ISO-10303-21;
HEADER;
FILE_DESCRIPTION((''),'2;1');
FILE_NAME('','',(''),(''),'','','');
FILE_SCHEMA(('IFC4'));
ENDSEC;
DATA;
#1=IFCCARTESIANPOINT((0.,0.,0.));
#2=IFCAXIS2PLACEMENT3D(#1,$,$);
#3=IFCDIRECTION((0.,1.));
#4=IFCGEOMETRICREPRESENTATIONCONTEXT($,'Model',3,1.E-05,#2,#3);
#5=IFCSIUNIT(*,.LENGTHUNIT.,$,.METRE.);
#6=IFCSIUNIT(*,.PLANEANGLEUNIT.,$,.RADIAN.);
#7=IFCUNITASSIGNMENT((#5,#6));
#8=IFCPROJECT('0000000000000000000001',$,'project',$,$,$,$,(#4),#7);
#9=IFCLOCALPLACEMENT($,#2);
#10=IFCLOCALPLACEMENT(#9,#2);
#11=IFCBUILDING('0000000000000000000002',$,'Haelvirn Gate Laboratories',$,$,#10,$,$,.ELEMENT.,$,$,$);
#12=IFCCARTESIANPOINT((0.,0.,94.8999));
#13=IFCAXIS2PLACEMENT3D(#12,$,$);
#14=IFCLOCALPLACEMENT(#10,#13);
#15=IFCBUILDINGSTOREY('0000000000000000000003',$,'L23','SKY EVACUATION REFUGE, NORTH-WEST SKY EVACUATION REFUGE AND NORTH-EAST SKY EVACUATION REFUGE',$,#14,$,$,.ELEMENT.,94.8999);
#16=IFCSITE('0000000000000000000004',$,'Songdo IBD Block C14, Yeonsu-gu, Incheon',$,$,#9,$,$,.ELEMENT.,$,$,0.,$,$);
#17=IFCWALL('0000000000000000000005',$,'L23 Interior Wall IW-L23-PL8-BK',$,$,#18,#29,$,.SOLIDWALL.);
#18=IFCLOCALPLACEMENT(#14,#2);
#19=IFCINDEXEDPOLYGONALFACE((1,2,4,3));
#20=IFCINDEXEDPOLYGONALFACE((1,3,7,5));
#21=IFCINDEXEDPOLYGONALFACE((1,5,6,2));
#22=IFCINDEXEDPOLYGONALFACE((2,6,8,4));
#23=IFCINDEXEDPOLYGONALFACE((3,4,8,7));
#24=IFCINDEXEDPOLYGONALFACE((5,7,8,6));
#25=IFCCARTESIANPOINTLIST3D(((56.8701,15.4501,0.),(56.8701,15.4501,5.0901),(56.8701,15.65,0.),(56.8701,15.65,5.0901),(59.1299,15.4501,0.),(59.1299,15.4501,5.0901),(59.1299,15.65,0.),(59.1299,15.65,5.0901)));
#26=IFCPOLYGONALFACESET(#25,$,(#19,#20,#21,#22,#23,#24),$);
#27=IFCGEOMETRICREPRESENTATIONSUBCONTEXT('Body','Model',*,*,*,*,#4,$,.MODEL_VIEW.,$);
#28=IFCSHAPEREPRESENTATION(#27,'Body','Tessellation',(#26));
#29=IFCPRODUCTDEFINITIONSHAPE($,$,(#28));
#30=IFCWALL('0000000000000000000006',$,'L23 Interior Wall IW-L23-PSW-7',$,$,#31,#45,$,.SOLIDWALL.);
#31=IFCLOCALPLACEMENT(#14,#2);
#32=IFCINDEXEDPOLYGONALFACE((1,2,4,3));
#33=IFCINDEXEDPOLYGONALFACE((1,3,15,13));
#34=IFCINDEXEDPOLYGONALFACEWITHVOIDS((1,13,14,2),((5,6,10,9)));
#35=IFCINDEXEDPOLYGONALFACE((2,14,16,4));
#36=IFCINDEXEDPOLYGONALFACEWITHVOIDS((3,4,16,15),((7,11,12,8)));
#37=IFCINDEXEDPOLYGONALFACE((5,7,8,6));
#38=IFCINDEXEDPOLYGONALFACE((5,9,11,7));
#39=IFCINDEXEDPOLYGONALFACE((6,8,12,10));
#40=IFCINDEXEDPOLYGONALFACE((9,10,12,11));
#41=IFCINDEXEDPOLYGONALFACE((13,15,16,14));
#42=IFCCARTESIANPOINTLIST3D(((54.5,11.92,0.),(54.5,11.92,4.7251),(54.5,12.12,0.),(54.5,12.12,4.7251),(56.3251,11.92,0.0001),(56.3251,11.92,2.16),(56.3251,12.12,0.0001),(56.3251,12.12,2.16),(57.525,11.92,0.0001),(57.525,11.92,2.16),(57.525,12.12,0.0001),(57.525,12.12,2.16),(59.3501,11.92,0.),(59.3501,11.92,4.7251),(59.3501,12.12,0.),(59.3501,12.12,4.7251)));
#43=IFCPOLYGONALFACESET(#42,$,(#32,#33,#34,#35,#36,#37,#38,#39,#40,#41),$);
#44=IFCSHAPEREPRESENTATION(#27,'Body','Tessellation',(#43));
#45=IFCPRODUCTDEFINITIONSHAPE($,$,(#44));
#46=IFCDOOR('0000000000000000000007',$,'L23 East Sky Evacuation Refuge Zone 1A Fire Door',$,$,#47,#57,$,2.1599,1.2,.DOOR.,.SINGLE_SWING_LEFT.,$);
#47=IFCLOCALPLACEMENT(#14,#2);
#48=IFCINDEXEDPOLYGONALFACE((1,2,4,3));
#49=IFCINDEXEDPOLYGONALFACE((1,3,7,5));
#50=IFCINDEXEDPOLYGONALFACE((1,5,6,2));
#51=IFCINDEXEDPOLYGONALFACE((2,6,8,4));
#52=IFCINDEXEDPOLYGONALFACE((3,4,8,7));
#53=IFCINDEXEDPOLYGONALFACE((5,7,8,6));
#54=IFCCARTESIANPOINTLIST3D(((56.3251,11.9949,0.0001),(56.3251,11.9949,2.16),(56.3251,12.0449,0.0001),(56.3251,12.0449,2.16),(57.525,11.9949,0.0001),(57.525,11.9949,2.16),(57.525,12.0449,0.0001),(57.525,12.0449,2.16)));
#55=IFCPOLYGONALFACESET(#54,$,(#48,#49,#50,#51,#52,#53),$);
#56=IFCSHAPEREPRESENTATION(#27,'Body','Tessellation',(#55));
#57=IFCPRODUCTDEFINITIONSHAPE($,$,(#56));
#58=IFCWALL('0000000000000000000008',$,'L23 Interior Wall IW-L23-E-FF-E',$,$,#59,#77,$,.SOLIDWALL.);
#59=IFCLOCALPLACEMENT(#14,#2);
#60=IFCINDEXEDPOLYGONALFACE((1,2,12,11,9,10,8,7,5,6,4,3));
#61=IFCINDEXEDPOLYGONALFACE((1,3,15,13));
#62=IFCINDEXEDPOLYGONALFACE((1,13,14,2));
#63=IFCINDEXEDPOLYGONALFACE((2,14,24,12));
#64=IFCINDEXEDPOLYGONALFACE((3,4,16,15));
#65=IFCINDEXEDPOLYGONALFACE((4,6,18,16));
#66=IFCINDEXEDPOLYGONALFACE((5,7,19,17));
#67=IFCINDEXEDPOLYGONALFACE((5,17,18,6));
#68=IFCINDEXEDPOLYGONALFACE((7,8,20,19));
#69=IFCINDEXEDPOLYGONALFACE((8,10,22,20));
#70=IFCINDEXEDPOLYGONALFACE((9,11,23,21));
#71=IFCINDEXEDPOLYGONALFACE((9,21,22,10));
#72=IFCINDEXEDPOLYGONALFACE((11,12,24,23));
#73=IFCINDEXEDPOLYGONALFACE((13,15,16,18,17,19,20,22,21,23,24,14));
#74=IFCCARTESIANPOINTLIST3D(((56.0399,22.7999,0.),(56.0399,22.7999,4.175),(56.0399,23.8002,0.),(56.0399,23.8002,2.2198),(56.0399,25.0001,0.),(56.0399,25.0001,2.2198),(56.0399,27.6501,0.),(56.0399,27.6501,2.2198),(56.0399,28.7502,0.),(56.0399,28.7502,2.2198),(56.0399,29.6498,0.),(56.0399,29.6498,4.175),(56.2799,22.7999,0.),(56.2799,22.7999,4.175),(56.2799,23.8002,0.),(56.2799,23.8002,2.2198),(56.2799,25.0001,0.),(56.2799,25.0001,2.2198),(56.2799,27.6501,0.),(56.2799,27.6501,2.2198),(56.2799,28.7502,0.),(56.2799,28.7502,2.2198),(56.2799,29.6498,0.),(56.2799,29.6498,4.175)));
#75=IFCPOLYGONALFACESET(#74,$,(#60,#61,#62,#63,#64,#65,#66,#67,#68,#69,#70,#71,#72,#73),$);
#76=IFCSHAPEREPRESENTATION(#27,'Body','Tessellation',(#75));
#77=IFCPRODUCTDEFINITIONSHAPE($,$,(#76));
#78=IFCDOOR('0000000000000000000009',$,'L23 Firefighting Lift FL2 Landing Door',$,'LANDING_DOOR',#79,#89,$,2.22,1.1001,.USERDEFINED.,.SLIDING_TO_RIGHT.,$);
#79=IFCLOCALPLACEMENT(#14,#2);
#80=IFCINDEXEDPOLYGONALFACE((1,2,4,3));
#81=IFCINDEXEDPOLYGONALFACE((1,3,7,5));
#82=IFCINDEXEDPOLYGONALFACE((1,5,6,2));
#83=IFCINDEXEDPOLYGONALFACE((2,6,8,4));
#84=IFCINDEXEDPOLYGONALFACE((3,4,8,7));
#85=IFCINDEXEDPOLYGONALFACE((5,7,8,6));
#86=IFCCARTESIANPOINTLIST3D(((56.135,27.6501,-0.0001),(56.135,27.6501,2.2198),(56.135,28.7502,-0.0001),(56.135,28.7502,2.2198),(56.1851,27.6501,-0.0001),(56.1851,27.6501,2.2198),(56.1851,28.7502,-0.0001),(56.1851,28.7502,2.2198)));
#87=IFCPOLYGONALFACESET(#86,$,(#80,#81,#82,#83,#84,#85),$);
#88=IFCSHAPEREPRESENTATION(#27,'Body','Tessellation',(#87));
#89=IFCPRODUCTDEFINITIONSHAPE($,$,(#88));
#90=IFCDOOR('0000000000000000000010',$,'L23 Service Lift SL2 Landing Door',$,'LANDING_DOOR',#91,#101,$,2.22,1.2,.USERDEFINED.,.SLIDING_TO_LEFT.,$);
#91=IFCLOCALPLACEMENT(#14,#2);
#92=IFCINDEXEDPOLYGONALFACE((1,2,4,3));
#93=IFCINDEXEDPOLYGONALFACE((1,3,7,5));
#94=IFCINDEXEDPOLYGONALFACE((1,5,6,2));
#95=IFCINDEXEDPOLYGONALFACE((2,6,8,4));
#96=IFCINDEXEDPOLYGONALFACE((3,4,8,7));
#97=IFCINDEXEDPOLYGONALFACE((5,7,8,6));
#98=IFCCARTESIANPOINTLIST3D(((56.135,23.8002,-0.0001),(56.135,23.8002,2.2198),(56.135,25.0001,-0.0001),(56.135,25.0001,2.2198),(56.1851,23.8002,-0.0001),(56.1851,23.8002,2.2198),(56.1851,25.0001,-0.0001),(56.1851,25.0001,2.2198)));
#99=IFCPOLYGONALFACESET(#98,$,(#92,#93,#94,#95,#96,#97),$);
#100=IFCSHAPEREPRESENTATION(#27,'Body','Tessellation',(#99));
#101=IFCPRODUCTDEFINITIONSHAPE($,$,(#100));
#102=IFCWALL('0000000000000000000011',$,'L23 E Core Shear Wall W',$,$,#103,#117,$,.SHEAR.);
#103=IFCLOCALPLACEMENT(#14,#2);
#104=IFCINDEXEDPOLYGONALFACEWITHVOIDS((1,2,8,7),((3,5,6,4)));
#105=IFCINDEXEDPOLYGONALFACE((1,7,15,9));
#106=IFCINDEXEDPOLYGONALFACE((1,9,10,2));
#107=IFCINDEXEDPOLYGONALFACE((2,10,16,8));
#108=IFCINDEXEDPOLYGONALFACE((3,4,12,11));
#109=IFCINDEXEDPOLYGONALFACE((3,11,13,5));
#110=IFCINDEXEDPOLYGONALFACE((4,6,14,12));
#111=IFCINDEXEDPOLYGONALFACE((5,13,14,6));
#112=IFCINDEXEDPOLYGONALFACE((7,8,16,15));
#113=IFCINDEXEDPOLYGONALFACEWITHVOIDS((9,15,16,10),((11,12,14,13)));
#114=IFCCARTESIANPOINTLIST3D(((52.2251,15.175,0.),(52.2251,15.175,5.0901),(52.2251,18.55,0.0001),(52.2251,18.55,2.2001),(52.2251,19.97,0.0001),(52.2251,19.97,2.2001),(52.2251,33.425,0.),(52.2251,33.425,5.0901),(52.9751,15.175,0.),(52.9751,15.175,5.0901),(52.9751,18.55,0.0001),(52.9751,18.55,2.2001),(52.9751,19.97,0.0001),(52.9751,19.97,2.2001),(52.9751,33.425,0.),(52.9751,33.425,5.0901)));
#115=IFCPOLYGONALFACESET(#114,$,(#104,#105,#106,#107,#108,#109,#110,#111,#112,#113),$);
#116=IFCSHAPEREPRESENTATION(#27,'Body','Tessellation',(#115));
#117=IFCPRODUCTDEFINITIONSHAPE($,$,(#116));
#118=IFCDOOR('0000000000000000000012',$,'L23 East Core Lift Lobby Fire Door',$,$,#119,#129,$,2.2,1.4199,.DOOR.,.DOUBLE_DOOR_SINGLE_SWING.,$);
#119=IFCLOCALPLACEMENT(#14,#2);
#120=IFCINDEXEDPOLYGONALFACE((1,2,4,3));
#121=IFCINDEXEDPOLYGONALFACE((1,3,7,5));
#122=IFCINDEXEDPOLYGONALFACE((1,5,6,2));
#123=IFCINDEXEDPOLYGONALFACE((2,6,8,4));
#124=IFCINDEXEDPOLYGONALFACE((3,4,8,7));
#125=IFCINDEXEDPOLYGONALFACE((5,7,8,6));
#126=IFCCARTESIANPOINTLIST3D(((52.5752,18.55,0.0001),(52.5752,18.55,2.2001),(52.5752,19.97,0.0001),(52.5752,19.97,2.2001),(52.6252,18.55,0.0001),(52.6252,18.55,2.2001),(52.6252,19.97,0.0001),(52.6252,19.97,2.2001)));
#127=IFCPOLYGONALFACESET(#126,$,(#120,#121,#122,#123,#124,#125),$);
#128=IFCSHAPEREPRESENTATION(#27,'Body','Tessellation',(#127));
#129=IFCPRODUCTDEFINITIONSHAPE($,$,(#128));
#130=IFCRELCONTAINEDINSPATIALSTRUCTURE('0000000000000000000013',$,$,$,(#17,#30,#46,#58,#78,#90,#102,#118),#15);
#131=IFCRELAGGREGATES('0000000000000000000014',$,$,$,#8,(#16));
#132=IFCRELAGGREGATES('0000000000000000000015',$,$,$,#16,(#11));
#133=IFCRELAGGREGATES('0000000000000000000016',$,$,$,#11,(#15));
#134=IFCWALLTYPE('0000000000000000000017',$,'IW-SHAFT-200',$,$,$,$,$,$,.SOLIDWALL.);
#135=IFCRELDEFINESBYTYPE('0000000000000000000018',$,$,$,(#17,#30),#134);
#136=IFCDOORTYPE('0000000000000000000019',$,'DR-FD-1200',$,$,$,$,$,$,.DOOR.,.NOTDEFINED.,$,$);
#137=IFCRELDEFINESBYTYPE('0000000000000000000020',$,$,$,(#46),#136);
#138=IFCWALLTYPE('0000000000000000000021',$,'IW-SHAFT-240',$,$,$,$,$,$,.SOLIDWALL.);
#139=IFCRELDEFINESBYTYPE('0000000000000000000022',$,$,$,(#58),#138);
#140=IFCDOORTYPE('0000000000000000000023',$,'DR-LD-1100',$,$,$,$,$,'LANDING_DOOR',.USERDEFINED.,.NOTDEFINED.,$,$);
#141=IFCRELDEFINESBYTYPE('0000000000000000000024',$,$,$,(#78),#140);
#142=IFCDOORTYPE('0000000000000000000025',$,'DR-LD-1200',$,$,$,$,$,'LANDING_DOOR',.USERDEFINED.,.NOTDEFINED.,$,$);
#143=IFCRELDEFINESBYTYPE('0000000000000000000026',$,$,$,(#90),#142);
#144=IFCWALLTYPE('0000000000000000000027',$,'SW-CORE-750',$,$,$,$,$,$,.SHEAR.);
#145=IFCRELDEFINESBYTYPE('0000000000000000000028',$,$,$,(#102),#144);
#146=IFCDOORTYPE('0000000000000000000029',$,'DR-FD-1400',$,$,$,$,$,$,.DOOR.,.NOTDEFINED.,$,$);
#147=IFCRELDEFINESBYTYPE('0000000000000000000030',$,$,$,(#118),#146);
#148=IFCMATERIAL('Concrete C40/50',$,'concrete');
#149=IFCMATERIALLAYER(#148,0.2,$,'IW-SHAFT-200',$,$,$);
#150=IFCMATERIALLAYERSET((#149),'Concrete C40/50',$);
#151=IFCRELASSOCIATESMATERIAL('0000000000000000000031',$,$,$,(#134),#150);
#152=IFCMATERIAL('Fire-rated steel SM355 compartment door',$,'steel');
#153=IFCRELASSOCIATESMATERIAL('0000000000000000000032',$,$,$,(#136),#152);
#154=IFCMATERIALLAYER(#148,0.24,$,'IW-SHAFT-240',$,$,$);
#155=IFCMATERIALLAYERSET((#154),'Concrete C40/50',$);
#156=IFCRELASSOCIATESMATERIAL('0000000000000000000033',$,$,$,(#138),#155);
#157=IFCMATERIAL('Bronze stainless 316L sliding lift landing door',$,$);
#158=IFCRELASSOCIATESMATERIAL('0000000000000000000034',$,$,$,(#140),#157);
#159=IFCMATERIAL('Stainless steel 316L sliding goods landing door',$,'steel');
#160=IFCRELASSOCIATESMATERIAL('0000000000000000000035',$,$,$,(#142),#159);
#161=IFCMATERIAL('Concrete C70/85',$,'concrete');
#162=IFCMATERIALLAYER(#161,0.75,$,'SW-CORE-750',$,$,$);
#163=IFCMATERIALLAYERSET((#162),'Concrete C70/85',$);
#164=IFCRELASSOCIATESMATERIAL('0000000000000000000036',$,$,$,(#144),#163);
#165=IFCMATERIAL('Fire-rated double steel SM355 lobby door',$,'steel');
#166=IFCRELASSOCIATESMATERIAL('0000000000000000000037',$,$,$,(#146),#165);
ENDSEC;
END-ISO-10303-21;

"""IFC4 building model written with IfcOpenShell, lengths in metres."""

from ifc_helpers import new_model, si_unit, direction, frame, frame_2d, origin, place, context, subcontext, project, spatial, rectangle, extrude, source, transform, mapped, material, layer, layer_set, type_object, type_shapes, element, fill, save


model = new_model("IFC4")

# Units and contexts
model_context = context("Model", 3, precision=1e-05, world=origin(), true_north=direction((0.0, 1.0)))
body_context = subcontext(model_context, "Body", "Model", "MODEL_VIEW")
ifc_project = project(units=[si_unit("LENGTHUNIT", "METRE"), si_unit("PLANEANGLEUNIT", "RADIAN")], contexts=[model_context])

# Site, building, storey
site_placement = place(None, origin())
site = spatial("IfcSite", under=ifc_project, at=site_placement, Name="Songdo IBD Block C14, Yeonsu-gu, Incheon", CompositionType="ELEMENT", RefElevation=0.0)
building_placement = place(site_placement, origin())
building = spatial("IfcBuilding", under=site, at=building_placement, Name="Haelvirn Gate Laboratories", CompositionType="ELEMENT")
storey_placement = place(building_placement, frame((0.0, 0.0, 94.8999)))
storey = spatial("IfcBuildingStorey", under=building, at=storey_placement, Name="L23", Description="SKY EVACUATION REFUGE, NORTH-WEST SKY EVACUATION REFUGE AND NORTH-EAST SKY EVACUATION REFUGE", CompositionType="ELEMENT", Elevation=94.8999)

# Shared definitions
ifc_material_1 = material(Name="Concrete C70/85", Category="concrete")

# Wall
ifc_material_2 = material(Name="Concrete C40/50", Category="concrete")
ifc_layer_1 = layer(ifc_material_2, 0.2, Name="IW-SHAFT-200")
ifc_layer_set_1 = layer_set([ifc_layer_1], Name="Concrete C40/50")
wall_type_1 = type_object("IfcWallType", Name="IW-SHAFT-200", PredefinedType="SOLIDWALL", material=ifc_layer_set_1)
for number, where, z_axis, x_axis, name in (
    (1, (56.8701, 15.55, 0.0), (0.0, 0.0, 1.0), (1.0, 0.0, 0.0), "L23 Interior Wall IW-L23-PL8-BK"),
):
    element("IfcWall", number, at=place(storey_placement, frame(where, z_axis=z_axis, x_axis=x_axis)), inside=storey, type_object=wall_type_1, Name=name, PredefinedType="SOLIDWALL", context=body_context, shape_type="SweptSolid", body=[
        extrude(rectangle(XDim=2.2598, YDim=0.2, at=frame_2d((1.1299, 0.0))), origin(), (0.0, 0.0, 1.0), 5.0901),
    ])

# Wall, opening, door
wall_1_placement = place(storey_placement, frame((54.5, 12.02, 0.0), z_axis=(0.0, 0.0, 1.0), x_axis=(1.0, 0.0, 0.0)))
wall_1 = element("IfcWall", 2, at=wall_1_placement, inside=storey, type_object=wall_type_1, Name="L23 Interior Wall IW-L23-PSW-7", PredefinedType="SOLIDWALL", context=body_context, shape_type="SweptSolid", body=[
    extrude(rectangle(XDim=4.8501, YDim=0.2, at=frame_2d((2.425, 0.0))), origin(), (0.0, 0.0, 1.0), 4.7251),
])
opening_1_placement = place(wall_1_placement, frame((1.825, 0.0, 0.0)))
opening_1 = element("IfcOpeningElement", 3, at=opening_1_placement, cuts=wall_1, PredefinedType="OPENING", context=body_context, shape_type="SweptSolid", body=[
    extrude(rectangle(XDim=1.2, YDim=2.1599, at=frame_2d((0.6001, 1.0801))), frame((0.0, 0.1099, 0.0), z_axis=(0.0, -1.0, 0.0), x_axis=(1.0, 0.0, 0.0)), (0.0, 0.0, 1.0), 0.22),
])
ifc_material_3 = material(Name="Fire-rated steel SM355 compartment door", Category="steel")
door_type_1 = type_object("IfcDoorType", Name="DR-FD-1200", OperationType="NOTDEFINED", PredefinedType="DOOR", material=ifc_material_3)
shared_shape_1 = source(origin(), body_context, "Body", "SweptSolid", [
    extrude(rectangle(XDim=1.2, YDim=2.1599, at=frame_2d((0.6001, 1.0801))), frame((0.0, 0.0249, 0.0), z_axis=(0.0, -1.0, 0.0), x_axis=(1.0, 0.0, 0.0)), (0.0, 0.0, 1.0), 0.05),
])
type_shapes(door_type_1, [shared_shape_1])
door_1_placement = place(opening_1_placement, origin())
door_1 = element("IfcDoor", 4, at=door_1_placement, inside=storey, type_object=door_type_1, Name="L23 East Sky Evacuation Refuge Zone 1A Fire Door", OperationType="SINGLE_SWING_LEFT", OverallHeight=2.1599, OverallWidth=1.2, PredefinedType="DOOR", context=body_context, shape_type="MappedRepresentation", body=[
    mapped(shared_shape_1, transform((0.0, 0.0, 0.0), scale=1.0)),
])
fill(opening_1, door_1)

# Wall, openings, doors
ifc_layer_2 = layer(ifc_material_2, 0.24, Name="IW-SHAFT-240")
ifc_layer_set_2 = layer_set([ifc_layer_2], Name="Concrete C40/50")
wall_type_2 = type_object("IfcWallType", Name="IW-SHAFT-240", PredefinedType="SOLIDWALL", material=ifc_layer_set_2)
wall_2_placement = place(storey_placement, frame((56.1599, 22.8, 0.0), z_axis=(0.0, 0.0, 1.0), x_axis=(0.0, 1.0, 0.0)))
wall_2 = element("IfcWall", 5, at=wall_2_placement, inside=storey, type_object=wall_type_2, Name="L23 Interior Wall IW-L23-E-FF-E", PredefinedType="SOLIDWALL", context=body_context, shape_type="SweptSolid", body=[
    extrude(rectangle(XDim=6.8499, YDim=0.24, at=frame_2d((3.4248, 0.0))), origin(), (0.0, 0.0, 1.0), 4.175),
])
opening_2_placement = place(wall_2_placement, frame((4.8501, 0.0, 0.0)))
opening_2 = element("IfcOpeningElement", 6, at=opening_2_placement, cuts=wall_2, PredefinedType="OPENING", context=body_context, shape_type="SweptSolid", body=[
    extrude(rectangle(XDim=1.1001, YDim=2.22, at=frame_2d((0.55, 1.1099))), frame((0.0, 0.1299, 0.0), z_axis=(0.0, -1.0, 0.0), x_axis=(1.0, 0.0, 0.0)), (0.0, 0.0, 1.0), 0.26),
])
opening_3_placement = place(wall_2_placement, frame((1.0, 0.0, 0.0)))
opening_3 = element("IfcOpeningElement", 7, at=opening_3_placement, cuts=wall_2, PredefinedType="OPENING", context=body_context, shape_type="SweptSolid", body=[
    extrude(rectangle(XDim=1.2, YDim=2.22, at=frame_2d((0.6001, 1.1099))), frame((0.0, 0.1299, 0.0), z_axis=(0.0, -1.0, 0.0), x_axis=(1.0, 0.0, 0.0)), (0.0, 0.0, 1.0), 0.26),
])
ifc_material_4 = material(Name="Bronze stainless 316L sliding lift landing door")
door_type_2 = type_object("IfcDoorType", Name="DR-LD-1100", ElementType="LANDING_DOOR", OperationType="NOTDEFINED", PredefinedType="USERDEFINED", material=ifc_material_4)
shared_shape_2 = source(origin(), body_context, "Body", "SweptSolid", [
    extrude(rectangle(XDim=1.1001, YDim=2.22, at=frame_2d((0.55, 1.1099))), frame((0.0, 0.0249, 0.0), z_axis=(0.0, -1.0, 0.0), x_axis=(1.0, 0.0, 0.0)), (0.0, 0.0, 1.0), 0.05),
])
type_shapes(door_type_2, [shared_shape_2])
door_2_placement = place(opening_2_placement, origin())
door_2 = element("IfcDoor", 8, at=door_2_placement, inside=storey, type_object=door_type_2, Name="L23 Firefighting Lift FL2 Landing Door", ObjectType="LANDING_DOOR", OperationType="SLIDING_TO_RIGHT", OverallHeight=2.22, OverallWidth=1.1001, PredefinedType="USERDEFINED", context=body_context, shape_type="MappedRepresentation", body=[
    mapped(shared_shape_2, transform((0.0, 0.0, 0.0), scale=1.0)),
])
fill(opening_2, door_2)
ifc_material_5 = material(Name="Stainless steel 316L sliding goods landing door", Category="steel")
door_type_3 = type_object("IfcDoorType", Name="DR-LD-1200", ElementType="LANDING_DOOR", OperationType="NOTDEFINED", PredefinedType="USERDEFINED", material=ifc_material_5)
shared_shape_3 = source(origin(), body_context, "Body", "SweptSolid", [
    extrude(rectangle(XDim=1.2, YDim=2.22, at=frame_2d((0.6001, 1.1099))), frame((0.0, 0.0249, 0.0), z_axis=(0.0, -1.0, 0.0), x_axis=(1.0, 0.0, 0.0)), (0.0, 0.0, 1.0), 0.05),
])
type_shapes(door_type_3, [shared_shape_3])
door_3_placement = place(opening_3_placement, origin())
door_3 = element("IfcDoor", 9, at=door_3_placement, inside=storey, type_object=door_type_3, Name="L23 Service Lift SL2 Landing Door", ObjectType="LANDING_DOOR", OperationType="SLIDING_TO_LEFT", OverallHeight=2.22, OverallWidth=1.2, PredefinedType="USERDEFINED", context=body_context, shape_type="MappedRepresentation", body=[
    mapped(shared_shape_3, transform((0.0, 0.0, 0.0), scale=1.0)),
])
fill(opening_3, door_3)

# Wall, opening, door
ifc_layer_3 = layer(ifc_material_1, 0.75, Name="SW-CORE-750")
ifc_layer_set_3 = layer_set([ifc_layer_3], Name="Concrete C70/85")
wall_type_3 = type_object("IfcWallType", Name="SW-CORE-750", PredefinedType="SHEAR", material=ifc_layer_set_3)
wall_3_placement = place(storey_placement, frame((52.6001, 15.175, 0.0), z_axis=(0.0, 0.0, 1.0), x_axis=(0.0, 1.0, 0.0)))
wall_3 = element("IfcWall", 10, at=wall_3_placement, inside=storey, type_object=wall_type_3, Name="L23 E Core Shear Wall W", PredefinedType="SHEAR", context=body_context, shape_type="SweptSolid", body=[
    extrude(rectangle(XDim=18.25, YDim=0.75, at=frame_2d((9.125, 0.0))), origin(), (0.0, 0.0, 1.0), 5.0901),
])
opening_4_placement = place(wall_3_placement, frame((3.375, 0.0, 0.0)))
opening_4 = element("IfcOpeningElement", 11, at=opening_4_placement, cuts=wall_3, PredefinedType="OPENING", context=body_context, shape_type="SweptSolid", body=[
    extrude(rectangle(XDim=1.4199, YDim=2.2, at=frame_2d((0.71, 1.1001))), frame((0.0, 0.385, 0.0), z_axis=(0.0, -1.0, 0.0), x_axis=(1.0, 0.0, 0.0)), (0.0, 0.0, 1.0), 0.77),
])
ifc_material_6 = material(Name="Fire-rated double steel SM355 lobby door", Category="steel")
door_type_4 = type_object("IfcDoorType", Name="DR-FD-1400", OperationType="NOTDEFINED", PredefinedType="DOOR", material=ifc_material_6)
shared_shape_4 = source(origin(), body_context, "Body", "SweptSolid", [
    extrude(rectangle(XDim=1.4199, YDim=2.2, at=frame_2d((0.71, 1.1001))), frame((0.0, 0.0249, 0.0), z_axis=(0.0, -1.0, 0.0), x_axis=(1.0, 0.0, 0.0)), (0.0, 0.0, 1.0), 0.05),
])
type_shapes(door_type_4, [shared_shape_4])
door_4_placement = place(opening_4_placement, origin())
door_4 = element("IfcDoor", 12, at=door_4_placement, inside=storey, type_object=door_type_4, Name="L23 East Core Lift Lobby Fire Door", OperationType="DOUBLE_DOOR_SINGLE_SWING", OverallHeight=2.2, OverallWidth=1.4199, PredefinedType="DOOR", context=body_context, shape_type="MappedRepresentation", body=[
    mapped(shared_shape_4, transform((0.0, 0.0, 0.0), scale=1.0)),
])
fill(opening_4, door_4)

save(model, "model.ifc")
